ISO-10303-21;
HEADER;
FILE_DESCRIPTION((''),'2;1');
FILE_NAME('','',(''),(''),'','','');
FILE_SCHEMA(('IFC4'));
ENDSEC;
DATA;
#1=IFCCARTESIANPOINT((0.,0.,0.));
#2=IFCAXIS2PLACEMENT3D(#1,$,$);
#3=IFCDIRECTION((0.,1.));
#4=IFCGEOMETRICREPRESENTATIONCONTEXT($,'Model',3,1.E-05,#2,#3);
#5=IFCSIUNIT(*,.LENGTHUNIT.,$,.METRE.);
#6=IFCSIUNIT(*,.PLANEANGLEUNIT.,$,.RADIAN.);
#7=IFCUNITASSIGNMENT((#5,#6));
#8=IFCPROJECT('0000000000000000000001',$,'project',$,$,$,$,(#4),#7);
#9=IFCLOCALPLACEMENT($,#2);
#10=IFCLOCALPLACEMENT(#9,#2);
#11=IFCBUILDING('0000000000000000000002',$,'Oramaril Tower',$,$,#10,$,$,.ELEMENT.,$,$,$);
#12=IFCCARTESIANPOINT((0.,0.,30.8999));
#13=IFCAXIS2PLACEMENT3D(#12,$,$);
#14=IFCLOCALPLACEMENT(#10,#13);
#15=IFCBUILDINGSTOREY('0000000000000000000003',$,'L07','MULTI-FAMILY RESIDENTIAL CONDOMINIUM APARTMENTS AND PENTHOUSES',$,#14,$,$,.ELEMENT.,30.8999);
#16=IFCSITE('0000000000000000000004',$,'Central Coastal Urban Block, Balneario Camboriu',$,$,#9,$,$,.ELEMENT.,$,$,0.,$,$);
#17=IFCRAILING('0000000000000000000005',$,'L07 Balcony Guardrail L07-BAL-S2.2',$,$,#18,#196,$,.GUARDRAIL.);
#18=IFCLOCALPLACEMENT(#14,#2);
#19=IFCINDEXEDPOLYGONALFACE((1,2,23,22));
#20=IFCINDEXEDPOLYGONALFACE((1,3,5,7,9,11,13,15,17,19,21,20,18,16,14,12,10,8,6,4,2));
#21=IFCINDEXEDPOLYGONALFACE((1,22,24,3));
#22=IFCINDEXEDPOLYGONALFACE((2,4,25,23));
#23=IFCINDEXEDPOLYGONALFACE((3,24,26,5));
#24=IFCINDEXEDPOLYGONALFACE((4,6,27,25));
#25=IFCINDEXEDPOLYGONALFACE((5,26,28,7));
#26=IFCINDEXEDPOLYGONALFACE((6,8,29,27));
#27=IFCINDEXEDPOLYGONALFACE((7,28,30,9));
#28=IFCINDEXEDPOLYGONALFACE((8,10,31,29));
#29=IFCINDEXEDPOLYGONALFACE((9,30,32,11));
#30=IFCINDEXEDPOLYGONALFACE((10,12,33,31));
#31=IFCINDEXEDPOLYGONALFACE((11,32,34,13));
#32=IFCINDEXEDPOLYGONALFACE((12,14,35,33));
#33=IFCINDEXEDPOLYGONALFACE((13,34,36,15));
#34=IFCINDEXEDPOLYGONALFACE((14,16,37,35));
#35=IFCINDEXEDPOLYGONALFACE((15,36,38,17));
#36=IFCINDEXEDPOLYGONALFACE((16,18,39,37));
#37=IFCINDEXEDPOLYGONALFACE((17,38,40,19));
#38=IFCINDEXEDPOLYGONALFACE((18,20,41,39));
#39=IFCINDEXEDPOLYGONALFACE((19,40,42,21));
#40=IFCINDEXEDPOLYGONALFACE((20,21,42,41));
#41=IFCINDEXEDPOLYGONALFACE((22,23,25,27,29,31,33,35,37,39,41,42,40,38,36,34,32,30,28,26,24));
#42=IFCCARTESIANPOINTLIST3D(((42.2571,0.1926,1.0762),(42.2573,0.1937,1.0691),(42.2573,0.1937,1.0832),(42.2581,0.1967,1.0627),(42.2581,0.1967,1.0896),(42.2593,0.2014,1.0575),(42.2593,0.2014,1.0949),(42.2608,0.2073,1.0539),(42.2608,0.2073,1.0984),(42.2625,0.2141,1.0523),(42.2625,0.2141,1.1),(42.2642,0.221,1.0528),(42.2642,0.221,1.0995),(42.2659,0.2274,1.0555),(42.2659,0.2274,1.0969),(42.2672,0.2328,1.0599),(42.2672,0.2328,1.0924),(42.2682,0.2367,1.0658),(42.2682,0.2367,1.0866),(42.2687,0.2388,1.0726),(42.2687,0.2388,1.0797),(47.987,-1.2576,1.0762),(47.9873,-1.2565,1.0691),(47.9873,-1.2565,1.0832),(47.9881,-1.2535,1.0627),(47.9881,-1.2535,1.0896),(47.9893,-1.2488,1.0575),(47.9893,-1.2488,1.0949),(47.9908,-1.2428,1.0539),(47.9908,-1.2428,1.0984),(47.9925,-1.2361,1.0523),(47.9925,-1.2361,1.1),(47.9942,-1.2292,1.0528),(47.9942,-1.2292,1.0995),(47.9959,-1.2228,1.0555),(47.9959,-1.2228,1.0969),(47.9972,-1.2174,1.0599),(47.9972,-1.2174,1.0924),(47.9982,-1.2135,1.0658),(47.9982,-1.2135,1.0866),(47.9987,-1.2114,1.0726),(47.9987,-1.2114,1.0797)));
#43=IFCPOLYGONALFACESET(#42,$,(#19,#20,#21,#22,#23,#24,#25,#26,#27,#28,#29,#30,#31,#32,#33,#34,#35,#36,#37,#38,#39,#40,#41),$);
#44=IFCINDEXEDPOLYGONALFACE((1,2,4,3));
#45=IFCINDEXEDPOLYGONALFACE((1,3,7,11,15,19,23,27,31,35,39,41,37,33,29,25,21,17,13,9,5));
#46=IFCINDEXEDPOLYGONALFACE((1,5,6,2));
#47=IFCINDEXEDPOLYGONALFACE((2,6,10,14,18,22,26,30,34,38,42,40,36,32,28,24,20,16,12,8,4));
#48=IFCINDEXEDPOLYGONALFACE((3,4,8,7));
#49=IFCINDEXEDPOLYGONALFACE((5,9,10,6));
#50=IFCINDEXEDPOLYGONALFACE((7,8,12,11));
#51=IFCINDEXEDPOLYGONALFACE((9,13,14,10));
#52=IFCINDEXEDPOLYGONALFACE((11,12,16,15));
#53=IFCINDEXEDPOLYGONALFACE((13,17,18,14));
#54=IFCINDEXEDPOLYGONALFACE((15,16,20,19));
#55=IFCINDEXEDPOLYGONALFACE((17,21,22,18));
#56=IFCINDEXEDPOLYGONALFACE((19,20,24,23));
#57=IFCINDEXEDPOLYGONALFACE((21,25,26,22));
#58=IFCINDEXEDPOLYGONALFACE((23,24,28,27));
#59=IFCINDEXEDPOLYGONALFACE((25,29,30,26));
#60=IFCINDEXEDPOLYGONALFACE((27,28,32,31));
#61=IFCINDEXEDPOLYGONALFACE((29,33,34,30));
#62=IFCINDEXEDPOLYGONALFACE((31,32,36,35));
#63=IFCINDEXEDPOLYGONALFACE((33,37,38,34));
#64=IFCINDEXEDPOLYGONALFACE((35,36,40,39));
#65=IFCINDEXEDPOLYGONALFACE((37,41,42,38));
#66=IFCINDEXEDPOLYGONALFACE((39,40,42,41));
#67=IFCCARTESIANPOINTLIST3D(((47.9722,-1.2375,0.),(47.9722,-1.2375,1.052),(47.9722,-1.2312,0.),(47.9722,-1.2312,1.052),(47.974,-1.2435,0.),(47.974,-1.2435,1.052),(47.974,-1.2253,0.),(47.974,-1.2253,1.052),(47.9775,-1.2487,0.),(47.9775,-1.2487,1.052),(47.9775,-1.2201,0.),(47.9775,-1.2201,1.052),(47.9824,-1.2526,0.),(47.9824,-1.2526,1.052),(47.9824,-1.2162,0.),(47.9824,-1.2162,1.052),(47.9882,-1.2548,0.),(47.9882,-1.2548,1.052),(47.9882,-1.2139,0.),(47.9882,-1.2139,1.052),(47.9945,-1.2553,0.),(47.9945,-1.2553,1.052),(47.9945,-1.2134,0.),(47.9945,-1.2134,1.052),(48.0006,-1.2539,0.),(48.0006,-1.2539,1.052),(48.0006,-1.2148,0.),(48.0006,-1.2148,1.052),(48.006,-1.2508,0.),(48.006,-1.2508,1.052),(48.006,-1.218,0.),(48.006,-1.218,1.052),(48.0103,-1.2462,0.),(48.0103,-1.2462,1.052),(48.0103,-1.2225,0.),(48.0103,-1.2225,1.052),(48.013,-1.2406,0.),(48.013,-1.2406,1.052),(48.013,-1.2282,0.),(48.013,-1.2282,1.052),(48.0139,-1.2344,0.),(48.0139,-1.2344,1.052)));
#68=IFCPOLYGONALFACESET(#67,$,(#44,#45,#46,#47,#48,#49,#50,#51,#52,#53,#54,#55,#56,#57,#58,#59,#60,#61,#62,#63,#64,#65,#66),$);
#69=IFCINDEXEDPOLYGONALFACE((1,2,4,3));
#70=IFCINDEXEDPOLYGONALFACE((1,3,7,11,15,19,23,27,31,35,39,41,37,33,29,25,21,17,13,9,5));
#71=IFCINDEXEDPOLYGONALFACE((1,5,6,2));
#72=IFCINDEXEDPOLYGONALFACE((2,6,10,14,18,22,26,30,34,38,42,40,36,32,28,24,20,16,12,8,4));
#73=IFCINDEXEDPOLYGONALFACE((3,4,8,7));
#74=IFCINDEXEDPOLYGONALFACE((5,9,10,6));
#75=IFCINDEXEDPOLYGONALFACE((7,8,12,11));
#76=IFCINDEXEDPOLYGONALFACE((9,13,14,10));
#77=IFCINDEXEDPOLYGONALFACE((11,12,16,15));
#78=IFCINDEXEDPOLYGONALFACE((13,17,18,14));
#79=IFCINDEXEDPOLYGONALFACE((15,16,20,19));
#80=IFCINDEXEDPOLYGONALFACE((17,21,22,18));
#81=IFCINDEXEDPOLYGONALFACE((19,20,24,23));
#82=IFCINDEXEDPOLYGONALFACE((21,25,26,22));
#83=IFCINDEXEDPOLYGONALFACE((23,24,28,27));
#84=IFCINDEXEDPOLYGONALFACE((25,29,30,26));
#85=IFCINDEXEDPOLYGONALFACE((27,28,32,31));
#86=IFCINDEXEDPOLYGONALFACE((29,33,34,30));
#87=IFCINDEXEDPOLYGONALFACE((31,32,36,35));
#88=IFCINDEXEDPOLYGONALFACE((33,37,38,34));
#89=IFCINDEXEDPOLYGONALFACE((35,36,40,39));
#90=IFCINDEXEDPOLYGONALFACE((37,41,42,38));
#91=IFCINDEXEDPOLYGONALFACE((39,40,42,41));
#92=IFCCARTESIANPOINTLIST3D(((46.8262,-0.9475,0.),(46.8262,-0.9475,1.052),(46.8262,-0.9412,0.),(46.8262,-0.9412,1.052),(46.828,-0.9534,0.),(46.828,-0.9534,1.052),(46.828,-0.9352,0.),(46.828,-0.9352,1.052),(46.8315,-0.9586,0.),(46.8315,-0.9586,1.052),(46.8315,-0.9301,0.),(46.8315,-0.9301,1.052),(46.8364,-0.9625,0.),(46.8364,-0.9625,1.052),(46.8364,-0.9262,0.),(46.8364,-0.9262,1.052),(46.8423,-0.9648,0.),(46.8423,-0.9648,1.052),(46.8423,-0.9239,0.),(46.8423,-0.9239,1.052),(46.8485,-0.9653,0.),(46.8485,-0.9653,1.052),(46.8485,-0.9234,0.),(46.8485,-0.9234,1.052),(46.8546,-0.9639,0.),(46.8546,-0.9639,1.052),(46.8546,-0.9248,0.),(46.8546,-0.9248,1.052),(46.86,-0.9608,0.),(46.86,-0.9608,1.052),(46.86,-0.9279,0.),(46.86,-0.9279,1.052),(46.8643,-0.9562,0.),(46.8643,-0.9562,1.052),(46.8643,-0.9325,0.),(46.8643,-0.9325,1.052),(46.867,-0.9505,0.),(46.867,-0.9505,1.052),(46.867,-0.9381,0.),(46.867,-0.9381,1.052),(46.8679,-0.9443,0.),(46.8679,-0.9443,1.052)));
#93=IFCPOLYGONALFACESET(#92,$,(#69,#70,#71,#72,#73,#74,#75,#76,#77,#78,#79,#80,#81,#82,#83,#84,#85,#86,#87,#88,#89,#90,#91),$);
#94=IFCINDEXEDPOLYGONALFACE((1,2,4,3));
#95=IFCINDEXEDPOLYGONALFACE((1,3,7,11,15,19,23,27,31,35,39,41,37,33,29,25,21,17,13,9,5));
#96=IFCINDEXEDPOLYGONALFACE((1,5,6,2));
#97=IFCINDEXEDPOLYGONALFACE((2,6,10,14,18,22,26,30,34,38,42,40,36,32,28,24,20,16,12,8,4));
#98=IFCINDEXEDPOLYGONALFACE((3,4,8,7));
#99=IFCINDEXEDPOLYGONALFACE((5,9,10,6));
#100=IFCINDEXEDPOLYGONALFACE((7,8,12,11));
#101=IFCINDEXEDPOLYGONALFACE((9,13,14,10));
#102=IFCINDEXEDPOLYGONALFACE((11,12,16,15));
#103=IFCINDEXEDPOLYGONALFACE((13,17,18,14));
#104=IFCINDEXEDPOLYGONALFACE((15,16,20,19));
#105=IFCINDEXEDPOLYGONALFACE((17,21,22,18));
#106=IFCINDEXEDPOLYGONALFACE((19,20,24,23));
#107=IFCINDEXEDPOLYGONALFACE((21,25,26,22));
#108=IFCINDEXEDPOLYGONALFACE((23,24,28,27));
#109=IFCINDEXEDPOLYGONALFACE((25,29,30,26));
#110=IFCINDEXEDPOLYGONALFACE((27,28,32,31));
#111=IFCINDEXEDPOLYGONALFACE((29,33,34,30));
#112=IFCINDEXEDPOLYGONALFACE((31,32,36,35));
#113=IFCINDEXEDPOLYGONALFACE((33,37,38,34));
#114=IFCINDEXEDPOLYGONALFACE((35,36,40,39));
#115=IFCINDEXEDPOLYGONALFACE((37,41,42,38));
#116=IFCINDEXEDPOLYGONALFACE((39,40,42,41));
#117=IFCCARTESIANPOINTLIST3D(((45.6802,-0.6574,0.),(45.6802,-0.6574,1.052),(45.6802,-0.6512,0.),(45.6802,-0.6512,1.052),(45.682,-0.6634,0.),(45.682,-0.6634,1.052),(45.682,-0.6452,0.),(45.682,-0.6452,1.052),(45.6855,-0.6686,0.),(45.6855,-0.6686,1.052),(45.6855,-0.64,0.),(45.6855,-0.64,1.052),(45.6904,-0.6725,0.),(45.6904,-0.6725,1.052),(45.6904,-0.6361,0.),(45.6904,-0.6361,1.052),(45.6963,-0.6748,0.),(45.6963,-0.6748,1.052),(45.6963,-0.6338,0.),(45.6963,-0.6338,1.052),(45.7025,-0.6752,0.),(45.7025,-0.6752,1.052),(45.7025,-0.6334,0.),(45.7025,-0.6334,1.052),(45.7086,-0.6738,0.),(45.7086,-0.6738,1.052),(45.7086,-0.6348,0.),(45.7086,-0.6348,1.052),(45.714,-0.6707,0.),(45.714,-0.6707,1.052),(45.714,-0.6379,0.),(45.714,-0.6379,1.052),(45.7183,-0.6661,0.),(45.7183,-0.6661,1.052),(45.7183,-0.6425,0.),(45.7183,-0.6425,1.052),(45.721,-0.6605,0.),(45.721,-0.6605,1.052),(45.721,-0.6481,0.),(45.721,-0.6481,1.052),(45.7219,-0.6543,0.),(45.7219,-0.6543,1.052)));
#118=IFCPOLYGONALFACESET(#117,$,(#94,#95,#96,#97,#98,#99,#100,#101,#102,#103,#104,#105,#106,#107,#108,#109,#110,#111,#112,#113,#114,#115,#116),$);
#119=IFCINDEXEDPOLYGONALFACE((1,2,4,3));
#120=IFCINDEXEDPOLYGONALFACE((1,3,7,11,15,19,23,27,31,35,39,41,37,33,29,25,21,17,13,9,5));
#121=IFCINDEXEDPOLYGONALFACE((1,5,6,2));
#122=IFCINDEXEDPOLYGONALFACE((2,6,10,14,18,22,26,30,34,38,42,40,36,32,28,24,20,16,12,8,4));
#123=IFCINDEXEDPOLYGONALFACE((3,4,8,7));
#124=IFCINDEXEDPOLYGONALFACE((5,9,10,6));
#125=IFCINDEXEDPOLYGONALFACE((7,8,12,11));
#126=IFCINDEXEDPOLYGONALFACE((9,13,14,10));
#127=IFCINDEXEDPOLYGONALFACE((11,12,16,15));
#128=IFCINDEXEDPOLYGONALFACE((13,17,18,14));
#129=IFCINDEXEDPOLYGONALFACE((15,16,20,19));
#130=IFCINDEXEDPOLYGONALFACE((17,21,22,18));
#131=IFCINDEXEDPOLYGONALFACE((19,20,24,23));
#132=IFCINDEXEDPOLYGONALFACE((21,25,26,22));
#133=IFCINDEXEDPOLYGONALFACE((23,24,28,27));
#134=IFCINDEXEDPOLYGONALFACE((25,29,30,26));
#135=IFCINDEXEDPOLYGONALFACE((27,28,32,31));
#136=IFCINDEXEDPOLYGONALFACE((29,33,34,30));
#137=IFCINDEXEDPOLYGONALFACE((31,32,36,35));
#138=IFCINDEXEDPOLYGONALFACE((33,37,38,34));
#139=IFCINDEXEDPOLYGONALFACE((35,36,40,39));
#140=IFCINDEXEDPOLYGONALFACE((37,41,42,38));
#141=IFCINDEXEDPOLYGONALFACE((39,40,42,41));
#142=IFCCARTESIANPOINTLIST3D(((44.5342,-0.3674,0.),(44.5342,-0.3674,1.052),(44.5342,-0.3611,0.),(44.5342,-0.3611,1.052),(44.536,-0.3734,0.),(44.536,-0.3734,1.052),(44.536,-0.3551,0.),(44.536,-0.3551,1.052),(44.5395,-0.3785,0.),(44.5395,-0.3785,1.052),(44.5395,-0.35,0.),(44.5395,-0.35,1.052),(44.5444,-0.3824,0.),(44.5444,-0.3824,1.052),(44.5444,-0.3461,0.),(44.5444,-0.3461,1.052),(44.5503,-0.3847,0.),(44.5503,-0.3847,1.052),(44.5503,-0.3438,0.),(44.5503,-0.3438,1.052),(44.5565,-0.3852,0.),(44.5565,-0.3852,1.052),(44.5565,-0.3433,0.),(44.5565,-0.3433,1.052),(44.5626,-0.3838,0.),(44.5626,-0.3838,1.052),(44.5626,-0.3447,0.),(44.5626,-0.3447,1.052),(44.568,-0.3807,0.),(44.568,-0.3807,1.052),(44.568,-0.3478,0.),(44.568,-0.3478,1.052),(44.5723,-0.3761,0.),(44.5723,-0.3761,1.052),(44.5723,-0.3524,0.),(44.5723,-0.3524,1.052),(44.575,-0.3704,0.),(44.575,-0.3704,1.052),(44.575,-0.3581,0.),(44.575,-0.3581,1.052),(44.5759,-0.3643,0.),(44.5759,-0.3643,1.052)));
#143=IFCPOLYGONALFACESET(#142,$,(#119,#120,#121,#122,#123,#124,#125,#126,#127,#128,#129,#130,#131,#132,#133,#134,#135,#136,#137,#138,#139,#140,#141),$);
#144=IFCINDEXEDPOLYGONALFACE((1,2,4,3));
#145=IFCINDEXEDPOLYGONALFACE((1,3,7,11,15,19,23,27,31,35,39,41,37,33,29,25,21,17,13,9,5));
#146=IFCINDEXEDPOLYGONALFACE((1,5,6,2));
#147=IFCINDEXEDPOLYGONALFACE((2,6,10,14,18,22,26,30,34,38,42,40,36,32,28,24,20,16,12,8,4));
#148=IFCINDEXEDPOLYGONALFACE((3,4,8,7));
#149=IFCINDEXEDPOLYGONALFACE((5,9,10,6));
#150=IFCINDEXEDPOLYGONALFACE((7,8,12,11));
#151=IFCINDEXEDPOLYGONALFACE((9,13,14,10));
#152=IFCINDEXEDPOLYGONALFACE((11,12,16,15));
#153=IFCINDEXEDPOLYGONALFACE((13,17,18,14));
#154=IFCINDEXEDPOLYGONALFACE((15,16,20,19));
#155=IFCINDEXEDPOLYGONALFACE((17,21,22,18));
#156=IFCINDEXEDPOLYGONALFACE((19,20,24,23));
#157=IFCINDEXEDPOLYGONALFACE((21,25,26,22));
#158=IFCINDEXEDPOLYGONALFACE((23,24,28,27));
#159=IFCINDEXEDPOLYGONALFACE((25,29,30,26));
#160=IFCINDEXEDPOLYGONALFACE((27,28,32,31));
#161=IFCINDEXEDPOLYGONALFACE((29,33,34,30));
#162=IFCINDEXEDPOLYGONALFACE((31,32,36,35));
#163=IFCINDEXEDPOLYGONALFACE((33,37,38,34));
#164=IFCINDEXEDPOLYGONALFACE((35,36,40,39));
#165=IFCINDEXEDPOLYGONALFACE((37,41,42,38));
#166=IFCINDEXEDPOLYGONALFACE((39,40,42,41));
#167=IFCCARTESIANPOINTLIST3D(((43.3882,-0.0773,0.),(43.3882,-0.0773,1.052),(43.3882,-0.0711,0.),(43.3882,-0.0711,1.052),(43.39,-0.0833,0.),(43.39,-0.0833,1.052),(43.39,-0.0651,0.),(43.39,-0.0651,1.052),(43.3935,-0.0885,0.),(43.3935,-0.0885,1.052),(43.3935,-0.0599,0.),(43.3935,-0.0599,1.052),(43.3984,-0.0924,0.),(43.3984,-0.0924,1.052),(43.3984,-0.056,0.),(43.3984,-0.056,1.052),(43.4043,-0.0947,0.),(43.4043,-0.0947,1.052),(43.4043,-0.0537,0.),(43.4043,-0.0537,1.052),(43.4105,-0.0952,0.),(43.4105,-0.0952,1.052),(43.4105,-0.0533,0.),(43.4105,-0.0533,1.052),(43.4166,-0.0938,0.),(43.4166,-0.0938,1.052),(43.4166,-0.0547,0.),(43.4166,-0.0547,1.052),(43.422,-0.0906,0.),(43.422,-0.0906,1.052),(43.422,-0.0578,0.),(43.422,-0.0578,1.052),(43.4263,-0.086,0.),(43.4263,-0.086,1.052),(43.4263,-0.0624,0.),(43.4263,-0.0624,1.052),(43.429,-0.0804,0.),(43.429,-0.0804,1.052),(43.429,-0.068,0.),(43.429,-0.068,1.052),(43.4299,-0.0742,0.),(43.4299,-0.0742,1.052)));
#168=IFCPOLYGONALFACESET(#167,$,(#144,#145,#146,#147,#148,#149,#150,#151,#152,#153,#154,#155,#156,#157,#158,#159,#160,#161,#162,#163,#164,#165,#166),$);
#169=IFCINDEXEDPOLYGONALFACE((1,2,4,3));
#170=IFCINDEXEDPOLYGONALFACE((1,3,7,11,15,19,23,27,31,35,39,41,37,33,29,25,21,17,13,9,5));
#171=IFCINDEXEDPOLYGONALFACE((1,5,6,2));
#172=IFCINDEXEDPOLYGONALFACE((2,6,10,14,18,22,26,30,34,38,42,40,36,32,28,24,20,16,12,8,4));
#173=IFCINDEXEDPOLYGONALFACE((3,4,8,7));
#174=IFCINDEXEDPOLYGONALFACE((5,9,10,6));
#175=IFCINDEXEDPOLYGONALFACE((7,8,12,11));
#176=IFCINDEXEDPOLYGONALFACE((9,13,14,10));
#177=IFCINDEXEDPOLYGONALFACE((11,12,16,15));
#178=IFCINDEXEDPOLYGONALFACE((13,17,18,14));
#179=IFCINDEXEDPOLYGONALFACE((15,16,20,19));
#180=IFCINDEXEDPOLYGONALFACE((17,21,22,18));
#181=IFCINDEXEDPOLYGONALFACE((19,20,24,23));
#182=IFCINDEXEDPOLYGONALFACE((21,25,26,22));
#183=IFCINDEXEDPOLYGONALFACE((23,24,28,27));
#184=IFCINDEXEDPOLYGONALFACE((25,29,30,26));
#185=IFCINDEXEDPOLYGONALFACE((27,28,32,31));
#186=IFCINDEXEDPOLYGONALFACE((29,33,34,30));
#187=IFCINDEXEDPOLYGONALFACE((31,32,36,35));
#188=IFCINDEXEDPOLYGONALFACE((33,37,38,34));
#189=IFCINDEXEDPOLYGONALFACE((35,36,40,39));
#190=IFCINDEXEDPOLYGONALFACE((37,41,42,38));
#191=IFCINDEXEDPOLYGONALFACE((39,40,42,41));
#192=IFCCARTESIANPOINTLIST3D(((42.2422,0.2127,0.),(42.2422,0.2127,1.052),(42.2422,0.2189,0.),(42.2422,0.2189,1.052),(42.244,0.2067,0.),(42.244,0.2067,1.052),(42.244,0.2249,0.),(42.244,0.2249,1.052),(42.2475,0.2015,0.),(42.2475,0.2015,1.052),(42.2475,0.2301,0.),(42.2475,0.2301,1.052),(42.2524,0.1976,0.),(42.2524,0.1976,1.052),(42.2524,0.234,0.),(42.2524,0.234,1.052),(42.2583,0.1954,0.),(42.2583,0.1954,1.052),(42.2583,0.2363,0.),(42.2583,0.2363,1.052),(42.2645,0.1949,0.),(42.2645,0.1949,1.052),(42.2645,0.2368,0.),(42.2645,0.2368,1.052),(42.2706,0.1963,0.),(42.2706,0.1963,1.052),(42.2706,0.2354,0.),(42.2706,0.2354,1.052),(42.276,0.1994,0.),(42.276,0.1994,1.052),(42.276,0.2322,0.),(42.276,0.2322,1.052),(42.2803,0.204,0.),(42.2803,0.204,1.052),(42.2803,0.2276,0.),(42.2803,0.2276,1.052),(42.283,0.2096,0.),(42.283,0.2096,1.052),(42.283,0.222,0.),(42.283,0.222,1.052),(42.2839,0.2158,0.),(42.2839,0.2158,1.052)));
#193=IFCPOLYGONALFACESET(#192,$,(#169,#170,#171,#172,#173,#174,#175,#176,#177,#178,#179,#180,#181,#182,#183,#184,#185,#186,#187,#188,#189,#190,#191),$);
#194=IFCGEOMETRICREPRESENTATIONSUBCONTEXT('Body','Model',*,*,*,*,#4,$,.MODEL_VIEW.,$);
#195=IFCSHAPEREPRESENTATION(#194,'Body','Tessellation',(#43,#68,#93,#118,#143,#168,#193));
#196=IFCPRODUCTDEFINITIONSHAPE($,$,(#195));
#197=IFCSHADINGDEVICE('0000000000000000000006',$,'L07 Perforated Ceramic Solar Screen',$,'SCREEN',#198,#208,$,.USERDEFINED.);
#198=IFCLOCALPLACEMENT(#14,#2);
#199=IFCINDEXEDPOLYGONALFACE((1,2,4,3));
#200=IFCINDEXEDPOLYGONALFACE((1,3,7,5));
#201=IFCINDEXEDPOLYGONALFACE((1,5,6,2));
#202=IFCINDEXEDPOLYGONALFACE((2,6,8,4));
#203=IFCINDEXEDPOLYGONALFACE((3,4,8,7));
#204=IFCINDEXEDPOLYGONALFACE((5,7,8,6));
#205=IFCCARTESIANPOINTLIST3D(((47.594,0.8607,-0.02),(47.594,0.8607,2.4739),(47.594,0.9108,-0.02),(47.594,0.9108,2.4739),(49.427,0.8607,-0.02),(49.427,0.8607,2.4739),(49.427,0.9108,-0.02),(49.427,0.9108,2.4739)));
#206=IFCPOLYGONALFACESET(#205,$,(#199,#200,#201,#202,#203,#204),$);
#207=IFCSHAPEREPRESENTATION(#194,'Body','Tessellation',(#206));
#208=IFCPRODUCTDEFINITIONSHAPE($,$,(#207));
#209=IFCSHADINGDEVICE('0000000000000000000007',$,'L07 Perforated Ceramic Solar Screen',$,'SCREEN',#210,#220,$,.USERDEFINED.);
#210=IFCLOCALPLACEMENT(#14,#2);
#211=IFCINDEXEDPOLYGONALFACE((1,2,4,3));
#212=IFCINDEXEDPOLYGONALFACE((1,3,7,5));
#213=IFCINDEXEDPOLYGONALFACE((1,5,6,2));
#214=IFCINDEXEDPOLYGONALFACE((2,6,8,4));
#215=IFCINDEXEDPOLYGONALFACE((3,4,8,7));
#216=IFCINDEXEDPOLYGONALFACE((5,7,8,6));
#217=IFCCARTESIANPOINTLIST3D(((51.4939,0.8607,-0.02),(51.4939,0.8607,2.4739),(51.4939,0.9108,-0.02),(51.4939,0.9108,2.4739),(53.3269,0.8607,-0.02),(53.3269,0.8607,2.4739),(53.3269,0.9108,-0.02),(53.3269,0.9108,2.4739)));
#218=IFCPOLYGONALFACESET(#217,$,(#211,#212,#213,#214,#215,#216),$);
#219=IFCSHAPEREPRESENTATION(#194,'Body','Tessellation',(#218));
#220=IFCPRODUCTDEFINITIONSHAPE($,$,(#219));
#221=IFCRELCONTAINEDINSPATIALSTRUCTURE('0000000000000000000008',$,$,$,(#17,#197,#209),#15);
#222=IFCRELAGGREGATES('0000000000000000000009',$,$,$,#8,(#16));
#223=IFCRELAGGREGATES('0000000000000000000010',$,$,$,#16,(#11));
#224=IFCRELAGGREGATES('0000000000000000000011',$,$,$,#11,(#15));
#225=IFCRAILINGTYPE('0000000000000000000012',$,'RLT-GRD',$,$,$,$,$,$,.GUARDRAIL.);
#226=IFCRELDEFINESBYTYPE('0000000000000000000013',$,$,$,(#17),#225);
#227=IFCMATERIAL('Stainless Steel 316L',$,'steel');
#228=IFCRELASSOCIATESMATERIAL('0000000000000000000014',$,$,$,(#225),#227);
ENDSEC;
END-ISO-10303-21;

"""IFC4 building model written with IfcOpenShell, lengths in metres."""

from ifc_helpers import new_model, si_unit, direction, frame, origin, origin_2d, place, context, subcontext, project, spatial, rectangle, circle, extrude, material, type_object, element, save


model = new_model("IFC4")

# Units and contexts
model_context = context("Model", 3, precision=1e-05, world=origin(), true_north=direction((0.0, 1.0)))
body_context = subcontext(model_context, "Body", "Model", "MODEL_VIEW")
ifc_project = project(units=[si_unit("LENGTHUNIT", "METRE"), si_unit("PLANEANGLEUNIT", "RADIAN")], contexts=[model_context])

# Site, building, storey
site_placement = place(None, origin())
site = spatial("IfcSite", under=ifc_project, at=site_placement, Name="Central Coastal Urban Block, Balneario Camboriu", CompositionType="ELEMENT", RefElevation=0.0)
building_placement = place(site_placement, origin())
building = spatial("IfcBuilding", under=site, at=building_placement, Name="Oramaril Tower", CompositionType="ELEMENT")
storey_placement = place(building_placement, frame((0.0, 0.0, 30.8999)))
storey = spatial("IfcBuildingStorey", under=building, at=storey_placement, Name="L07", Description="MULTI-FAMILY RESIDENTIAL CONDOMINIUM APARTMENTS AND PENTHOUSES", CompositionType="ELEMENT", Elevation=30.8999)

# Railing
ifc_material_1 = material(Name="Stainless Steel 316L", Category="steel")
railing_type = type_object("IfcRailingType", Name="RLT-GRD", PredefinedType="GUARDRAIL", material=ifc_material_1)
railing_1_placement = place(storey_placement, frame((47.9929, -1.2344, 0.0)))
element("IfcRailing", 1, at=railing_1_placement, inside=storey, type_object=railing_type, Name="L07 Balcony Guardrail L07-BAL-S2.2", PredefinedType="GUARDRAIL", context=body_context, shape_type="SweptSolid", body=[
    extrude(circle(Radius=0.0239, at=origin_2d()), frame((0.0, 0.0, 1.0762), z_axis=(-0.969434, 0.245353, 0.0), x_axis=(-0.245353, -0.969434, 0.0)), (0.0, 0.0, 1.0), 5.9106),
    extrude(circle(Radius=0.021, at=origin_2d()), origin(), (0.0, 0.0, 1.0), 1.052),
    extrude(circle(Radius=0.021, at=origin_2d()), frame((-1.146, 0.29, 0.0)), (0.0, 0.0, 1.0), 1.052),
    extrude(circle(Radius=0.021, at=origin_2d()), frame((-2.292, 0.5801, 0.0)), (0.0, 0.0, 1.0), 1.052),
    extrude(circle(Radius=0.021, at=origin_2d()), frame((-3.438, 0.8701, 0.0)), (0.0, 0.0, 1.0), 1.052),
    extrude(circle(Radius=0.021, at=origin_2d()), frame((-4.584, 1.1602, 0.0)), (0.0, 0.0, 1.0), 1.052),
    extrude(circle(Radius=0.021, at=origin_2d()), frame((-5.73, 1.4502, 0.0)), (0.0, 0.0, 1.0), 1.052),
])

# Shading devices
for number, where, z_axis, x_axis, name in (
    (2, (48.5105, 0.8857, -0.02), (0.0, 0.0, 1.0), (1.0, 0.0, 0.0), "L07 Perforated Ceramic Solar Screen"),
    (3, (52.4104, 0.8857, -0.02), (0.0, 0.0, 1.0), (1.0, 0.0, 0.0), "L07 Perforated Ceramic Solar Screen"),
):
    element("IfcShadingDevice", number, at=place(storey_placement, frame(where, z_axis=z_axis, x_axis=x_axis)), inside=storey, Name=name, ObjectType="SCREEN", PredefinedType="USERDEFINED", context=body_context, shape_type="SweptSolid", body=[
        extrude(rectangle(XDim=1.833, YDim=0.05, at=origin_2d()), origin(), (0.0, 0.0, 1.0), 2.4939),
    ])

save(model, "model.ifc")
